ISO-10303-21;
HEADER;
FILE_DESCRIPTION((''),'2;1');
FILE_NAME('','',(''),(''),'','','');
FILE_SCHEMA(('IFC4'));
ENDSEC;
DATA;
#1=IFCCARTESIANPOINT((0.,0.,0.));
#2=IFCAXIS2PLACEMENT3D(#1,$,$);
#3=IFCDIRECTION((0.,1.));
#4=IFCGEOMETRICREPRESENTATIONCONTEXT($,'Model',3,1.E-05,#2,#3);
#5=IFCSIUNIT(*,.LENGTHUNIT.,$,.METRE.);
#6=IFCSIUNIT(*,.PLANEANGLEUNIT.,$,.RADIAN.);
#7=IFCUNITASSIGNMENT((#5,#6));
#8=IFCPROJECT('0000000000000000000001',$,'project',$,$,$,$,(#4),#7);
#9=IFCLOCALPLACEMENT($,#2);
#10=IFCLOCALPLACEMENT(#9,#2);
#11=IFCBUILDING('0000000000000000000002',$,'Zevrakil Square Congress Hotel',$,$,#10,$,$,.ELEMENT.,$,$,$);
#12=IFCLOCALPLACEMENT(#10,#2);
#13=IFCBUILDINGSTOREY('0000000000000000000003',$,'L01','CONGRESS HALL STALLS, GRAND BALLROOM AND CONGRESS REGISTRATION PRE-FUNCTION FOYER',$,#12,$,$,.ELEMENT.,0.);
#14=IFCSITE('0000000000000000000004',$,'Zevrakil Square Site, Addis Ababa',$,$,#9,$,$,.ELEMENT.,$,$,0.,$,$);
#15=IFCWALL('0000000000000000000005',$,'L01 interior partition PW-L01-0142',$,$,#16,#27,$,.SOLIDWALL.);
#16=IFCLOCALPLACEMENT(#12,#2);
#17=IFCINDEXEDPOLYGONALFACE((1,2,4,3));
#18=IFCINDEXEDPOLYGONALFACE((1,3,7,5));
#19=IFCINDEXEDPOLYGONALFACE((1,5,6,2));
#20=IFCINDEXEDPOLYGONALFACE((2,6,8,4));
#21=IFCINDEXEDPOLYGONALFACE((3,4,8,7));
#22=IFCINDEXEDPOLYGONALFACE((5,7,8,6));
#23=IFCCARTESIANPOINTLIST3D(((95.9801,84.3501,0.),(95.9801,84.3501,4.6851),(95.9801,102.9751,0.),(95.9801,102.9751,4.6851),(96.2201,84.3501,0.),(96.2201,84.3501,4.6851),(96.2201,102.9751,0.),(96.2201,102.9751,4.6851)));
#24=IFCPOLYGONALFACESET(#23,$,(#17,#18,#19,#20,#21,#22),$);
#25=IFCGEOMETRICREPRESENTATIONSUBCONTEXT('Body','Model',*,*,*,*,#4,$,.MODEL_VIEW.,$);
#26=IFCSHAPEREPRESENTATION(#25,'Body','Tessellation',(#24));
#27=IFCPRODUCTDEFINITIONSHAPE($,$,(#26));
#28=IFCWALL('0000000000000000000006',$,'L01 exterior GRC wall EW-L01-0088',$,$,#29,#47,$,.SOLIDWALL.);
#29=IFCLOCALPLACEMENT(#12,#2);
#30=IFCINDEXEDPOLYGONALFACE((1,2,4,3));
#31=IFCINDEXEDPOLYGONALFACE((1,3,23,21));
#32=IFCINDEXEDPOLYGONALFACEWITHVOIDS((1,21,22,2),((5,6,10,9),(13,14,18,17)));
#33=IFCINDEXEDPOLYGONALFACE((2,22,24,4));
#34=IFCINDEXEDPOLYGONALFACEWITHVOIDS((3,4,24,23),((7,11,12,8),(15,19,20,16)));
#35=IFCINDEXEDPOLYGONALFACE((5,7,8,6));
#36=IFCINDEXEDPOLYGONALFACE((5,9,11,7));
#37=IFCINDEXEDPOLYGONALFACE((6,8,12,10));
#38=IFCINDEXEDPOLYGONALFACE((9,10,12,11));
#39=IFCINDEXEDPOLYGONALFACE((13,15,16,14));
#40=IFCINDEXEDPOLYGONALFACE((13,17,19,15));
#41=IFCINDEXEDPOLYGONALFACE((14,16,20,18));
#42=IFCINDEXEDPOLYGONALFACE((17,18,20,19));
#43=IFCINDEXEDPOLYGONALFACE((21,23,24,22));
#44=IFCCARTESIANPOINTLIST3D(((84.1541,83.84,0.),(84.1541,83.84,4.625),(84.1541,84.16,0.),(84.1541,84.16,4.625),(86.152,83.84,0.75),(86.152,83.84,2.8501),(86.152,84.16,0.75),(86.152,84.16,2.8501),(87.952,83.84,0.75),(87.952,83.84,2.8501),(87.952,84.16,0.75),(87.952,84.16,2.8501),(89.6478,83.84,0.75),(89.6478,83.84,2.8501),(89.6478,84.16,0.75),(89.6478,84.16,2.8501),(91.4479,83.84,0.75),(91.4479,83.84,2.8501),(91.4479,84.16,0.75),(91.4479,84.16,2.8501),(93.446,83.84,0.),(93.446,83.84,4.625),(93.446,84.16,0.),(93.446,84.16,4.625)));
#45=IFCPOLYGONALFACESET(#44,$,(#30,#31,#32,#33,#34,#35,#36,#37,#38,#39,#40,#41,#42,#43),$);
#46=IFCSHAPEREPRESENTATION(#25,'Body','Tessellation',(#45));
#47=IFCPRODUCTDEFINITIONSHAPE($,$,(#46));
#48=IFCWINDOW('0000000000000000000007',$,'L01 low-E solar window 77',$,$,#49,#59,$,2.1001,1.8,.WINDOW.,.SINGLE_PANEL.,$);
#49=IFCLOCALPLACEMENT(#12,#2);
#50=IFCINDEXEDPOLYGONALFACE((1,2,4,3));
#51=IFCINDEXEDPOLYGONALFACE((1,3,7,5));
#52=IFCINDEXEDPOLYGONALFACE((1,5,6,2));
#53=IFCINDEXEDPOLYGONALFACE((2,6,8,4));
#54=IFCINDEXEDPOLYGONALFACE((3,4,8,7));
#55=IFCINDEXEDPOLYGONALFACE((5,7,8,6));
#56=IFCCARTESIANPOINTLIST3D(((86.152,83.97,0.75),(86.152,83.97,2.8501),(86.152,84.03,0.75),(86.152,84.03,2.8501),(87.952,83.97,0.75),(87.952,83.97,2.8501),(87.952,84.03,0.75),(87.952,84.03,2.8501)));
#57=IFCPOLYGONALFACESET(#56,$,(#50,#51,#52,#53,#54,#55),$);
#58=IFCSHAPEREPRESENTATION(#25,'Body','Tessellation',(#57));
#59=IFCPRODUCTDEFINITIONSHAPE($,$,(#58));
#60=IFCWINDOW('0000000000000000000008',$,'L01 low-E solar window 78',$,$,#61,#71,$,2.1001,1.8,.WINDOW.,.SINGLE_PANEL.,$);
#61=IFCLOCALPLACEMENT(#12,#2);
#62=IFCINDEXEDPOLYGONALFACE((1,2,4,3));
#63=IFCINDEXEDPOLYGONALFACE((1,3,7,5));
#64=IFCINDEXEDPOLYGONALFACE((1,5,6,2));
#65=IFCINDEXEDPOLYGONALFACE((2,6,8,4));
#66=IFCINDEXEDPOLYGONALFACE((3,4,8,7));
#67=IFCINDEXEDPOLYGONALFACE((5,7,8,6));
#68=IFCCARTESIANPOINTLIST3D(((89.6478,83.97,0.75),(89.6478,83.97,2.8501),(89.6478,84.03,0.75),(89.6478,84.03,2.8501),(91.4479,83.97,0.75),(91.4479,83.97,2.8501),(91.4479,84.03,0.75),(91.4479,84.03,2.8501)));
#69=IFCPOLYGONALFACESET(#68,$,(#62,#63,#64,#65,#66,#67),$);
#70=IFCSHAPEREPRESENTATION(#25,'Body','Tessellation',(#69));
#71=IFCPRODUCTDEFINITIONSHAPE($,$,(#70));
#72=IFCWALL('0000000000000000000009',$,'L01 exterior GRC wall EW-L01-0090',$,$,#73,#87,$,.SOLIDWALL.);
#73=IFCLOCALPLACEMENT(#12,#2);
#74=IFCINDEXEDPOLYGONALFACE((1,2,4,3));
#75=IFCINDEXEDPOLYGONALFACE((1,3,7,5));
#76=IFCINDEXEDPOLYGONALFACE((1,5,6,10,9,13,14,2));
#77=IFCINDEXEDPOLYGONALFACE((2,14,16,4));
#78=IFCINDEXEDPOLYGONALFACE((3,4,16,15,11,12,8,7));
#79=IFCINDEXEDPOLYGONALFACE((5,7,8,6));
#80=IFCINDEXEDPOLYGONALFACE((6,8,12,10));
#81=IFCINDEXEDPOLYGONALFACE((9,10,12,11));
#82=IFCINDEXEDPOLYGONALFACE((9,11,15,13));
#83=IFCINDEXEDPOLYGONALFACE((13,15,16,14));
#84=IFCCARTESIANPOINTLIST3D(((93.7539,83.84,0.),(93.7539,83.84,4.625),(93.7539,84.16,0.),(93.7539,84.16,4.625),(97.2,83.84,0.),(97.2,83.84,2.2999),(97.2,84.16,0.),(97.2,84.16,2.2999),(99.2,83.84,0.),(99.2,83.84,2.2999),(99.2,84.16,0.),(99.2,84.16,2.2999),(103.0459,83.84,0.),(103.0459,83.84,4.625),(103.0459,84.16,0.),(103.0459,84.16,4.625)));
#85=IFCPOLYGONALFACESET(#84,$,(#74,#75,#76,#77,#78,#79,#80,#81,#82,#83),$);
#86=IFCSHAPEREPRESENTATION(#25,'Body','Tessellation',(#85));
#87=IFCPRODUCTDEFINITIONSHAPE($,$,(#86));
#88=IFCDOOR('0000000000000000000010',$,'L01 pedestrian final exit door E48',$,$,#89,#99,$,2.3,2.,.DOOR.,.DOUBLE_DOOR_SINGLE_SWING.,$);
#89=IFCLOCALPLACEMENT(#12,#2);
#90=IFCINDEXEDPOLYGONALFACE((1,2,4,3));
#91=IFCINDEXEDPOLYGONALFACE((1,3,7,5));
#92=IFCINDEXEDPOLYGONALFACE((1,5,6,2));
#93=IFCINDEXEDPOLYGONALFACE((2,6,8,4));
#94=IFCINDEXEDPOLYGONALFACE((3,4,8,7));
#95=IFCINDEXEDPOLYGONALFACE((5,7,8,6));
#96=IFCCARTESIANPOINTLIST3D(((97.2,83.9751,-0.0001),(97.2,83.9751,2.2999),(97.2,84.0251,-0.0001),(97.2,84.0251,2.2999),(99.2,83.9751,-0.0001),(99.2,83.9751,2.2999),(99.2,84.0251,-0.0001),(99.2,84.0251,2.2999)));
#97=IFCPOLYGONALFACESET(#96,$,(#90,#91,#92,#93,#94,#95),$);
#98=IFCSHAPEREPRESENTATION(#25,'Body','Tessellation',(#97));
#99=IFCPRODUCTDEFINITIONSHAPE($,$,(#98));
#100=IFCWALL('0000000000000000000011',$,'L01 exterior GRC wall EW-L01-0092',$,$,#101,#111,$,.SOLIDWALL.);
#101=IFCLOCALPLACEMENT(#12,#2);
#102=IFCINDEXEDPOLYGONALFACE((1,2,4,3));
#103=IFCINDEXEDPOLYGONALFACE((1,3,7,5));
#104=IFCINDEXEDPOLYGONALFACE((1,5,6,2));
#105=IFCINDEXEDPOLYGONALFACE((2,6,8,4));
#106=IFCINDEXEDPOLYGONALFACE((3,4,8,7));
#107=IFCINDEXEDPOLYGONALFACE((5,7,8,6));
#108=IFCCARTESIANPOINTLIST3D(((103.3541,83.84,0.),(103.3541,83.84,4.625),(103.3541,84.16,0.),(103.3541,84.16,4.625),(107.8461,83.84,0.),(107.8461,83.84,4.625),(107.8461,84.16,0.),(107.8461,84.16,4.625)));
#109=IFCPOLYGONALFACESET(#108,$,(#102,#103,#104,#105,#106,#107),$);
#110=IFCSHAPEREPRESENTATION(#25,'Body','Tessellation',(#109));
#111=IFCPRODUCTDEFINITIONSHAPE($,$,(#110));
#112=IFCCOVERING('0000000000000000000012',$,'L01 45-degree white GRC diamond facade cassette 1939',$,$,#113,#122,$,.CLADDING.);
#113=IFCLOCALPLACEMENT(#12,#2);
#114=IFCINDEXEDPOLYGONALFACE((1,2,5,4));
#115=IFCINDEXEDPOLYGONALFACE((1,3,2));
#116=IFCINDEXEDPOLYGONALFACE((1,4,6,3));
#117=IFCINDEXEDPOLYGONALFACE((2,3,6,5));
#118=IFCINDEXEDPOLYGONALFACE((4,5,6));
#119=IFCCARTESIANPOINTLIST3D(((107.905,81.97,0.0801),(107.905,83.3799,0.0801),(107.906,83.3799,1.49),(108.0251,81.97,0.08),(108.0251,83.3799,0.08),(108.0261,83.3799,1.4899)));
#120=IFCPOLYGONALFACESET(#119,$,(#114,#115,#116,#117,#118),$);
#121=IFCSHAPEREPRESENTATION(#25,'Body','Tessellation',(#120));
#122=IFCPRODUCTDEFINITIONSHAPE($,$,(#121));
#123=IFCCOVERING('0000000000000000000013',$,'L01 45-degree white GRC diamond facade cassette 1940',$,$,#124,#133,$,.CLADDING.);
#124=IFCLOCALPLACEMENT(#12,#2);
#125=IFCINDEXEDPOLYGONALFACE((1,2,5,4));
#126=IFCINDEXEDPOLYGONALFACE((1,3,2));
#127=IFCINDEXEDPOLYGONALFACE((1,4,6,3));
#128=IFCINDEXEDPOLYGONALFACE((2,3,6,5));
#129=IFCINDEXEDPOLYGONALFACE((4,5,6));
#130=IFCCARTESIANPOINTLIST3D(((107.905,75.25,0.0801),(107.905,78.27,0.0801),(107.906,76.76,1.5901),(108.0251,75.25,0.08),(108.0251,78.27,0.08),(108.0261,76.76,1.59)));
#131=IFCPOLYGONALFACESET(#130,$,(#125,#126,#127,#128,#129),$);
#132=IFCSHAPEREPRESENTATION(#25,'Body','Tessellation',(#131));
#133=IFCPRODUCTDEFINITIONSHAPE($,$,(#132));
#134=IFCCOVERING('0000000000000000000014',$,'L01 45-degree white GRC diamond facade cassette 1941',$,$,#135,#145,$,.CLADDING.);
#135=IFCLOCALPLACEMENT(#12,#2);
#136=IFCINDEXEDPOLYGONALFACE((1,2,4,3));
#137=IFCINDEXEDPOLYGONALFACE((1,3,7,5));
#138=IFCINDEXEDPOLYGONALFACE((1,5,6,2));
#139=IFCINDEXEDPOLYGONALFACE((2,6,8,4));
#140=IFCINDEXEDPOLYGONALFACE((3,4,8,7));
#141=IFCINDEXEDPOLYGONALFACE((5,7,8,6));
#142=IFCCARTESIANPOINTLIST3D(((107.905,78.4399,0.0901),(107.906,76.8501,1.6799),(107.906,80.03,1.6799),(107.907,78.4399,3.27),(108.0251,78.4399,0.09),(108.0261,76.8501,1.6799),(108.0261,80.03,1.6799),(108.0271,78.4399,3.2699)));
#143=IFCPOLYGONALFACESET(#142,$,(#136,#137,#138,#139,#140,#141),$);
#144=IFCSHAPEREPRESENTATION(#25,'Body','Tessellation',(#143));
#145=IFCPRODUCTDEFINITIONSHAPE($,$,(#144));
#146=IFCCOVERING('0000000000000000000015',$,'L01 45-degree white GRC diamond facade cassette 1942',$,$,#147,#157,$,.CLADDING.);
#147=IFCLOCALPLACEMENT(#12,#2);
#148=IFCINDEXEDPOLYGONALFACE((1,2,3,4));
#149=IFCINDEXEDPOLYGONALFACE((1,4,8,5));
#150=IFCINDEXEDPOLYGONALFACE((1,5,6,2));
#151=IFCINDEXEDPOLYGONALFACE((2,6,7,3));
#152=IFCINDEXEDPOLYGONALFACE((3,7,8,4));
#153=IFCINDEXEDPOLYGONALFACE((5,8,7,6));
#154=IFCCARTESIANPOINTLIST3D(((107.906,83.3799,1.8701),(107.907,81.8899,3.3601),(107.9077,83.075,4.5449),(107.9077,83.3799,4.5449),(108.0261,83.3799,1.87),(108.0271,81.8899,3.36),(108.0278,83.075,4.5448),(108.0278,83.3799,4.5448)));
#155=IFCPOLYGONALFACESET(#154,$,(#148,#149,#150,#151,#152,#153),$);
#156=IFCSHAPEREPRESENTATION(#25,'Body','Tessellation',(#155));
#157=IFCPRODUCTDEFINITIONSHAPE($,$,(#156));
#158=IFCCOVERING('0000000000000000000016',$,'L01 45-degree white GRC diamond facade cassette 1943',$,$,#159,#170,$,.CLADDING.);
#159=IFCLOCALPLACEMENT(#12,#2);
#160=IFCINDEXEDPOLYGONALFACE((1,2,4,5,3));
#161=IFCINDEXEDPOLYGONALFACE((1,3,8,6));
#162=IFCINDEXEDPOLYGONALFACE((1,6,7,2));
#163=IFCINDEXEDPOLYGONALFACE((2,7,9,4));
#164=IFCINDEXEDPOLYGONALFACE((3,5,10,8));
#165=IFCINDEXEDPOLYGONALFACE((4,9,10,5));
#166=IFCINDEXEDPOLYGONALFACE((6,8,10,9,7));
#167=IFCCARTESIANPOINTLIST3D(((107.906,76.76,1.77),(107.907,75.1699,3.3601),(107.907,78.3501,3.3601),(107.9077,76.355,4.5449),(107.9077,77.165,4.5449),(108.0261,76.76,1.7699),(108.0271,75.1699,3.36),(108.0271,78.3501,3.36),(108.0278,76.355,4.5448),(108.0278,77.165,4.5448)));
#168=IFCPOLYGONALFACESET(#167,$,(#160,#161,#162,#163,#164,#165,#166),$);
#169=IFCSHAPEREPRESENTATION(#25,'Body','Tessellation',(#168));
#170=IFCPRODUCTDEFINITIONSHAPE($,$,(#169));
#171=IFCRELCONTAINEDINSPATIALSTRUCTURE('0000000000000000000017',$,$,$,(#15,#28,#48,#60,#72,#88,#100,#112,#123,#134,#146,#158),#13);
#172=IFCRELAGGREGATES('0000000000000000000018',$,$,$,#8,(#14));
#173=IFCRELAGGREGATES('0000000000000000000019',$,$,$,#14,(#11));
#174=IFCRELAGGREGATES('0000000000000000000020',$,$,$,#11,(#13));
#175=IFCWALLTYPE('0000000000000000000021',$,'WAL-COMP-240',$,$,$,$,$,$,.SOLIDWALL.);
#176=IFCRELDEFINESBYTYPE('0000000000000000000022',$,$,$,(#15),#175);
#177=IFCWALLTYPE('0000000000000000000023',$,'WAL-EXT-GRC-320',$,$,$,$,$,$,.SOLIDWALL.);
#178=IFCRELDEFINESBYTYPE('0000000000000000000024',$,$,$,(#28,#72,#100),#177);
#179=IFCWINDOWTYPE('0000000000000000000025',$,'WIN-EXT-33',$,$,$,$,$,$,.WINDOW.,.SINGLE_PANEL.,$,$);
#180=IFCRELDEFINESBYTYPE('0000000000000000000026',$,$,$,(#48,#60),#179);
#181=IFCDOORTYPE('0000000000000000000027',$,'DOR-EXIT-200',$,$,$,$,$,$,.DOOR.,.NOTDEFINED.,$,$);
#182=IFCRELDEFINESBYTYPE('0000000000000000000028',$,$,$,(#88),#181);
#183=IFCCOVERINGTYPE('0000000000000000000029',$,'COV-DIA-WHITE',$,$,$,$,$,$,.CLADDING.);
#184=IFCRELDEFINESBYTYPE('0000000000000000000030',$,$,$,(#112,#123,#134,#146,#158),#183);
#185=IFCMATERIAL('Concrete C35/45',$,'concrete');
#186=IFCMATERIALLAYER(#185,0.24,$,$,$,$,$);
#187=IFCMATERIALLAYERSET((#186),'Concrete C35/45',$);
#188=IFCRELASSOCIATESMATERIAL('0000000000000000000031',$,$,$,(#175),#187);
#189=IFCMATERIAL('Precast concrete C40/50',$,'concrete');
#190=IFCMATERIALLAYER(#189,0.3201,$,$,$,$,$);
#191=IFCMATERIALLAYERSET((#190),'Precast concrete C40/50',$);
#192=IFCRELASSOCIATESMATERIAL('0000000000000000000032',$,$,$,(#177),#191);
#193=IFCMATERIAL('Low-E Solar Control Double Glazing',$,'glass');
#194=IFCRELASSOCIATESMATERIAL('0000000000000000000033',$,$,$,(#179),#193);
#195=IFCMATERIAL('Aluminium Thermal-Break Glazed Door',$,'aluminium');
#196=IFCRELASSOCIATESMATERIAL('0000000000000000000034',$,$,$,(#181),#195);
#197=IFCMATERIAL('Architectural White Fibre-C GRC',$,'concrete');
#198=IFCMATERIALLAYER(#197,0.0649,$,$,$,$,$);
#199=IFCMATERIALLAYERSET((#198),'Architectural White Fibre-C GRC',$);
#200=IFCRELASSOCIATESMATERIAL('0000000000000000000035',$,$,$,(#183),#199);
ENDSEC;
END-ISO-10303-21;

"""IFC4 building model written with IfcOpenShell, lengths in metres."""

from ifc_helpers import new_model, si_unit, direction, frame, frame_2d, origin, place, context, subcontext, project, spatial, polyline, rectangle, outline, extrude, material, layer, layer_set, type_object, element, fill, save


model = new_model("IFC4")

# Units and contexts
model_context = context("Model", 3, precision=1e-05, world=origin(), true_north=direction((0.0, 1.0)))
body_context = subcontext(model_context, "Body", "Model", "MODEL_VIEW")
ifc_project = project(units=[si_unit("LENGTHUNIT", "METRE"), si_unit("PLANEANGLEUNIT", "RADIAN")], contexts=[model_context])

# Site, building, storey
site_placement = place(None, origin())
site = spatial("IfcSite", under=ifc_project, at=site_placement, Name="Zevrakil Square Site, Addis Ababa", CompositionType="ELEMENT", RefElevation=0.0)
building_placement = place(site_placement, origin())
building = spatial("IfcBuilding", under=site, at=building_placement, Name="Zevrakil Square Congress Hotel", CompositionType="ELEMENT")
storey_placement = place(building_placement, origin())
storey = spatial("IfcBuildingStorey", under=building, at=storey_placement, Name="L01", Description="CONGRESS HALL STALLS, GRAND BALLROOM AND CONGRESS REGISTRATION PRE-FUNCTION FOYER", CompositionType="ELEMENT", Elevation=0.0)

# Wall
ifc_material_1 = material(Name="Concrete C35/45", Category="concrete")
ifc_layer_1 = layer(ifc_material_1, 0.24)
ifc_layer_set_1 = layer_set([ifc_layer_1], Name="Concrete C35/45")
wall_type_1 = type_object("IfcWallType", Name="WAL-COMP-240", PredefinedType="SOLIDWALL", material=ifc_layer_set_1)
wall_1_placement = place(storey_placement, frame((96.1001, 84.3501, 0.0), z_axis=(0.0, 0.0, 1.0), x_axis=(0.0, 1.0, 0.0)))
element("IfcWall", 1, at=wall_1_placement, inside=storey, type_object=wall_type_1, Name="L01 interior partition PW-L01-0142", PredefinedType="SOLIDWALL", context=body_context, shape_type="SweptSolid", body=[
    extrude(rectangle(XDim=18.625, YDim=0.24, at=frame_2d((9.3125, 0.0))), origin(), (0.0, 0.0, 1.0), 4.6851),
])

# Wall, openings, windows
ifc_material_2 = material(Name="Precast concrete C40/50", Category="concrete")
ifc_layer_2 = layer(ifc_material_2, 0.3201)
ifc_layer_set_2 = layer_set([ifc_layer_2], Name="Precast concrete C40/50")
wall_type_2 = type_object("IfcWallType", Name="WAL-EXT-GRC-320", PredefinedType="SOLIDWALL", material=ifc_layer_set_2)
wall_2_placement = place(storey_placement, frame((84.1541, 84.0, 0.0), z_axis=(0.0, 0.0, 1.0), x_axis=(1.0, 0.0, 0.0)))
wall_2 = element("IfcWall", 2, at=wall_2_placement, inside=storey, type_object=wall_type_2, Name="L01 exterior GRC wall EW-L01-0088", PredefinedType="SOLIDWALL", context=body_context, shape_type="SweptSolid", body=[
    extrude(rectangle(XDim=9.292, YDim=0.3201, at=frame_2d((4.646, 0.0))), origin(), (0.0, 0.0, 1.0), 4.625),
])
opening_1_placement = place(wall_2_placement, frame((1.998, 0.0, 0.75)))
opening_1 = element("IfcOpeningElement", 3, at=opening_1_placement, cuts=wall_2, PredefinedType="OPENING", context=body_context, shape_type="SweptSolid", body=[
    extrude(rectangle(XDim=1.8, YDim=2.1001, at=frame_2d((0.8999, 1.05))), frame((0.0, 0.1699, 0.0), z_axis=(0.0, -1.0, 0.0), x_axis=(1.0, 0.0, 0.0)), (0.0, 0.0, 1.0), 0.3401),
])
opening_2_placement = place(wall_2_placement, frame((5.4939, 0.0, 0.75)))
opening_2 = element("IfcOpeningElement", 4, at=opening_2_placement, cuts=wall_2, PredefinedType="OPENING", context=body_context, shape_type="SweptSolid", body=[
    extrude(rectangle(XDim=1.8, YDim=2.1001, at=frame_2d((0.8999, 1.05))), frame((0.0, 0.1699, 0.0), z_axis=(0.0, -1.0, 0.0), x_axis=(1.0, 0.0, 0.0)), (0.0, 0.0, 1.0), 0.3401),
])
ifc_material_3 = material(Name="Low-E Solar Control Double Glazing", Category="glass")
window_type = type_object("IfcWindowType", Name="WIN-EXT-33", PartitioningType="SINGLE_PANEL", PredefinedType="WINDOW", material=ifc_material_3)
window_1_placement = place(opening_1_placement, origin())
window_1 = element("IfcWindow", 5, at=window_1_placement, inside=storey, type_object=window_type, Name="L01 low-E solar window 77", OverallHeight=2.1001, OverallWidth=1.8, PartitioningType="SINGLE_PANEL", PredefinedType="WINDOW", context=body_context, shape_type="SweptSolid", body=[
    extrude(rectangle(XDim=1.8, YDim=2.1001, at=frame_2d((0.8999, 1.05))), frame((0.0, 0.03, 0.0), z_axis=(0.0, -1.0, 0.0), x_axis=(1.0, 0.0, 0.0)), (0.0, 0.0, 1.0), 0.0601),
])
fill(opening_1, window_1)
window_2_placement = place(opening_2_placement, origin())
window_2 = element("IfcWindow", 6, at=window_2_placement, inside=storey, type_object=window_type, Name="L01 low-E solar window 78", OverallHeight=2.1001, OverallWidth=1.8, PartitioningType="SINGLE_PANEL", PredefinedType="WINDOW", context=body_context, shape_type="SweptSolid", body=[
    extrude(rectangle(XDim=1.8, YDim=2.1001, at=frame_2d((0.8999, 1.05))), frame((0.0, 0.03, 0.0), z_axis=(0.0, -1.0, 0.0), x_axis=(1.0, 0.0, 0.0)), (0.0, 0.0, 1.0), 0.0601),
])
fill(opening_2, window_2)

# Wall, opening, door
wall_3_placement = place(storey_placement, frame((93.7539, 84.0, 0.0), z_axis=(0.0, 0.0, 1.0), x_axis=(1.0, 0.0, 0.0)))
wall_3 = element("IfcWall", 7, at=wall_3_placement, inside=storey, type_object=wall_type_2, Name="L01 exterior GRC wall EW-L01-0090", PredefinedType="SOLIDWALL", context=body_context, shape_type="SweptSolid", body=[
    extrude(rectangle(XDim=9.292, YDim=0.3201, at=frame_2d((4.646, 0.0))), origin(), (0.0, 0.0, 1.0), 4.625),
])
opening_3_placement = place(wall_3_placement, frame((3.446, 0.0, 0.0)))
opening_3 = element("IfcOpeningElement", 8, at=opening_3_placement, cuts=wall_3, PredefinedType="OPENING", context=body_context, shape_type="SweptSolid", body=[
    extrude(rectangle(XDim=2.0, YDim=2.3, at=frame_2d((1.0, 1.1499))), frame((0.0, 0.1699, 0.0), z_axis=(0.0, -1.0, 0.0), x_axis=(1.0, 0.0, 0.0)), (0.0, 0.0, 1.0), 0.3401),
])
ifc_material_4 = material(Name="Aluminium Thermal-Break Glazed Door", Category="aluminium")
door_type = type_object("IfcDoorType", Name="DOR-EXIT-200", OperationType="NOTDEFINED", PredefinedType="DOOR", material=ifc_material_4)
door_placement = place(opening_3_placement, frame((2.0, 0.0, 0.0), z_axis=(0.0, 0.0, 1.0), x_axis=(-1.0, 0.0, 0.0)))
door = element("IfcDoor", 9, at=door_placement, inside=storey, type_object=door_type, Name="L01 pedestrian final exit door E48", OperationType="DOUBLE_DOOR_SINGLE_SWING", OverallHeight=2.3, OverallWidth=2.0, PredefinedType="DOOR", context=body_context, shape_type="SweptSolid", body=[
    extrude(rectangle(XDim=2.0, YDim=2.3, at=frame_2d((1.0, 1.1499))), frame((0.0, 0.0249, 0.0), z_axis=(0.0, -1.0, 0.0), x_axis=(1.0, 0.0, 0.0)), (0.0, 0.0, 1.0), 0.05),
])
fill(opening_3, door)

# Wall
wall_4_placement = place(storey_placement, frame((103.354, 84.0, 0.0), z_axis=(0.0, 0.0, 1.0), x_axis=(1.0, 0.0, 0.0)))
element("IfcWall", 10, at=wall_4_placement, inside=storey, type_object=wall_type_2, Name="L01 exterior GRC wall EW-L01-0092", PredefinedType="SOLIDWALL", context=body_context, shape_type="SweptSolid", body=[
    extrude(rectangle(XDim=4.4919, YDim=0.3201, at=frame_2d((2.2461, 0.0))), origin(), (0.0, 0.0, 1.0), 4.625),
])

# Coverings
ifc_material_5 = material(Name="Architectural White Fibre-C GRC", Category="concrete")
ifc_layer_3 = layer(ifc_material_5, 0.0649)
ifc_layer_set_3 = layer_set([ifc_layer_3], Name="Architectural White Fibre-C GRC")
covering_type_1 = type_object("IfcCoveringType", Name="COV-DIA-WHITE", PredefinedType="CLADDING", material=ifc_layer_set_3)
covering_1_placement = place(storey_placement, frame((107.905, 81.97, 0.0801), z_axis=(-1.0, 0.0, 0.000693), x_axis=(0.0, 1.0, 0.0)))
element("IfcCovering", 11, at=covering_1_placement, inside=storey, type_object=covering_type_1, Name="L01 45-degree white GRC diamond facade cassette 1939", PredefinedType="CLADDING", context=body_context, shape_type="SweptSolid", body=[
    extrude(outline(polyline([(0.0, 0.0), (1.4099, 0.0), (1.4099, -1.4099), (0.0, 0.0)])), origin(), (0.0, 0.0, -1.0), 0.1201),
])
covering_2_placement = place(storey_placement, frame((107.906, 76.76, 1.5901), z_axis=(-1.0, 0.0, 0.000647), x_axis=(-0.000457, -0.707107, -0.707107)))
element("IfcCovering", 12, at=covering_2_placement, inside=storey, type_object=covering_type_1, Name="L01 45-degree white GRC diamond facade cassette 1940", PredefinedType="CLADDING", context=body_context, shape_type="SweptSolid", body=[
    extrude(outline(polyline([(0.0, 0.0), (2.1355, 0.0), (0.0, -2.1355), (0.0, 0.0)])), origin(), (0.0, 0.0, -1.0), 0.1201),
])
covering_3_placement = place(storey_placement, frame((107.907, 78.4399, 3.27), z_axis=(-1.0, 0.0, 0.000614), x_axis=(-0.000434, -0.707052, -0.707161)))
element("IfcCovering", 13, at=covering_3_placement, inside=storey, type_object=covering_type_1, Name="L01 45-degree white GRC diamond facade cassette 1941", PredefinedType="CLADDING", context=body_context, shape_type="SweptSolid", body=[
    extrude(outline(polyline([(0.0, 0.0), (2.2486, 0.0), (2.2487, -2.2484), (0.0002, -2.2487), (0.0, 0.0)])), origin(), (0.0, 0.0, -1.0), 0.1201),
])
covering_4_placement = place(storey_placement, frame((107.907, 81.8899, 3.3601), z_axis=(-1.0, -0.000015, 0.000637), x_axis=(-0.000461, 0.707107, -0.707107)))
element("IfcCovering", 14, at=covering_4_placement, inside=storey, type_object=covering_type_1, Name="L01 45-degree white GRC diamond facade cassette 1942", PredefinedType="CLADDING", context=body_context, shape_type="SweptSolid", body=[
    extrude(outline(polyline([(0.0, 0.0), (2.1072, 0.0), (0.2158, -1.8914), (0.0002, -1.6758), (0.0, 0.0)])), origin(), (0.0, 0.0, -1.0), 0.1201),
])
covering_5_placement = place(storey_placement, frame((107.907, 75.1699, 3.3601), z_axis=(-1.0, 0.0, 0.000616), x_axis=(-0.000436, 0.707107, -0.707107)))
element("IfcCovering", 15, at=covering_5_placement, inside=storey, type_object=covering_type_1, Name="L01 45-degree white GRC diamond facade cassette 1943", PredefinedType="CLADDING", context=body_context, shape_type="SweptSolid", body=[
    extrude(outline(polyline([(0.0, 0.0), (2.2487, 0.0), (2.2487, -2.2487), (0.573, -2.2486), (0.0002, -1.6758), (0.0, 0.0)])), origin(), (0.0, 0.0, -1.0), 0.1201),
])

save(model, "model.ifc")
